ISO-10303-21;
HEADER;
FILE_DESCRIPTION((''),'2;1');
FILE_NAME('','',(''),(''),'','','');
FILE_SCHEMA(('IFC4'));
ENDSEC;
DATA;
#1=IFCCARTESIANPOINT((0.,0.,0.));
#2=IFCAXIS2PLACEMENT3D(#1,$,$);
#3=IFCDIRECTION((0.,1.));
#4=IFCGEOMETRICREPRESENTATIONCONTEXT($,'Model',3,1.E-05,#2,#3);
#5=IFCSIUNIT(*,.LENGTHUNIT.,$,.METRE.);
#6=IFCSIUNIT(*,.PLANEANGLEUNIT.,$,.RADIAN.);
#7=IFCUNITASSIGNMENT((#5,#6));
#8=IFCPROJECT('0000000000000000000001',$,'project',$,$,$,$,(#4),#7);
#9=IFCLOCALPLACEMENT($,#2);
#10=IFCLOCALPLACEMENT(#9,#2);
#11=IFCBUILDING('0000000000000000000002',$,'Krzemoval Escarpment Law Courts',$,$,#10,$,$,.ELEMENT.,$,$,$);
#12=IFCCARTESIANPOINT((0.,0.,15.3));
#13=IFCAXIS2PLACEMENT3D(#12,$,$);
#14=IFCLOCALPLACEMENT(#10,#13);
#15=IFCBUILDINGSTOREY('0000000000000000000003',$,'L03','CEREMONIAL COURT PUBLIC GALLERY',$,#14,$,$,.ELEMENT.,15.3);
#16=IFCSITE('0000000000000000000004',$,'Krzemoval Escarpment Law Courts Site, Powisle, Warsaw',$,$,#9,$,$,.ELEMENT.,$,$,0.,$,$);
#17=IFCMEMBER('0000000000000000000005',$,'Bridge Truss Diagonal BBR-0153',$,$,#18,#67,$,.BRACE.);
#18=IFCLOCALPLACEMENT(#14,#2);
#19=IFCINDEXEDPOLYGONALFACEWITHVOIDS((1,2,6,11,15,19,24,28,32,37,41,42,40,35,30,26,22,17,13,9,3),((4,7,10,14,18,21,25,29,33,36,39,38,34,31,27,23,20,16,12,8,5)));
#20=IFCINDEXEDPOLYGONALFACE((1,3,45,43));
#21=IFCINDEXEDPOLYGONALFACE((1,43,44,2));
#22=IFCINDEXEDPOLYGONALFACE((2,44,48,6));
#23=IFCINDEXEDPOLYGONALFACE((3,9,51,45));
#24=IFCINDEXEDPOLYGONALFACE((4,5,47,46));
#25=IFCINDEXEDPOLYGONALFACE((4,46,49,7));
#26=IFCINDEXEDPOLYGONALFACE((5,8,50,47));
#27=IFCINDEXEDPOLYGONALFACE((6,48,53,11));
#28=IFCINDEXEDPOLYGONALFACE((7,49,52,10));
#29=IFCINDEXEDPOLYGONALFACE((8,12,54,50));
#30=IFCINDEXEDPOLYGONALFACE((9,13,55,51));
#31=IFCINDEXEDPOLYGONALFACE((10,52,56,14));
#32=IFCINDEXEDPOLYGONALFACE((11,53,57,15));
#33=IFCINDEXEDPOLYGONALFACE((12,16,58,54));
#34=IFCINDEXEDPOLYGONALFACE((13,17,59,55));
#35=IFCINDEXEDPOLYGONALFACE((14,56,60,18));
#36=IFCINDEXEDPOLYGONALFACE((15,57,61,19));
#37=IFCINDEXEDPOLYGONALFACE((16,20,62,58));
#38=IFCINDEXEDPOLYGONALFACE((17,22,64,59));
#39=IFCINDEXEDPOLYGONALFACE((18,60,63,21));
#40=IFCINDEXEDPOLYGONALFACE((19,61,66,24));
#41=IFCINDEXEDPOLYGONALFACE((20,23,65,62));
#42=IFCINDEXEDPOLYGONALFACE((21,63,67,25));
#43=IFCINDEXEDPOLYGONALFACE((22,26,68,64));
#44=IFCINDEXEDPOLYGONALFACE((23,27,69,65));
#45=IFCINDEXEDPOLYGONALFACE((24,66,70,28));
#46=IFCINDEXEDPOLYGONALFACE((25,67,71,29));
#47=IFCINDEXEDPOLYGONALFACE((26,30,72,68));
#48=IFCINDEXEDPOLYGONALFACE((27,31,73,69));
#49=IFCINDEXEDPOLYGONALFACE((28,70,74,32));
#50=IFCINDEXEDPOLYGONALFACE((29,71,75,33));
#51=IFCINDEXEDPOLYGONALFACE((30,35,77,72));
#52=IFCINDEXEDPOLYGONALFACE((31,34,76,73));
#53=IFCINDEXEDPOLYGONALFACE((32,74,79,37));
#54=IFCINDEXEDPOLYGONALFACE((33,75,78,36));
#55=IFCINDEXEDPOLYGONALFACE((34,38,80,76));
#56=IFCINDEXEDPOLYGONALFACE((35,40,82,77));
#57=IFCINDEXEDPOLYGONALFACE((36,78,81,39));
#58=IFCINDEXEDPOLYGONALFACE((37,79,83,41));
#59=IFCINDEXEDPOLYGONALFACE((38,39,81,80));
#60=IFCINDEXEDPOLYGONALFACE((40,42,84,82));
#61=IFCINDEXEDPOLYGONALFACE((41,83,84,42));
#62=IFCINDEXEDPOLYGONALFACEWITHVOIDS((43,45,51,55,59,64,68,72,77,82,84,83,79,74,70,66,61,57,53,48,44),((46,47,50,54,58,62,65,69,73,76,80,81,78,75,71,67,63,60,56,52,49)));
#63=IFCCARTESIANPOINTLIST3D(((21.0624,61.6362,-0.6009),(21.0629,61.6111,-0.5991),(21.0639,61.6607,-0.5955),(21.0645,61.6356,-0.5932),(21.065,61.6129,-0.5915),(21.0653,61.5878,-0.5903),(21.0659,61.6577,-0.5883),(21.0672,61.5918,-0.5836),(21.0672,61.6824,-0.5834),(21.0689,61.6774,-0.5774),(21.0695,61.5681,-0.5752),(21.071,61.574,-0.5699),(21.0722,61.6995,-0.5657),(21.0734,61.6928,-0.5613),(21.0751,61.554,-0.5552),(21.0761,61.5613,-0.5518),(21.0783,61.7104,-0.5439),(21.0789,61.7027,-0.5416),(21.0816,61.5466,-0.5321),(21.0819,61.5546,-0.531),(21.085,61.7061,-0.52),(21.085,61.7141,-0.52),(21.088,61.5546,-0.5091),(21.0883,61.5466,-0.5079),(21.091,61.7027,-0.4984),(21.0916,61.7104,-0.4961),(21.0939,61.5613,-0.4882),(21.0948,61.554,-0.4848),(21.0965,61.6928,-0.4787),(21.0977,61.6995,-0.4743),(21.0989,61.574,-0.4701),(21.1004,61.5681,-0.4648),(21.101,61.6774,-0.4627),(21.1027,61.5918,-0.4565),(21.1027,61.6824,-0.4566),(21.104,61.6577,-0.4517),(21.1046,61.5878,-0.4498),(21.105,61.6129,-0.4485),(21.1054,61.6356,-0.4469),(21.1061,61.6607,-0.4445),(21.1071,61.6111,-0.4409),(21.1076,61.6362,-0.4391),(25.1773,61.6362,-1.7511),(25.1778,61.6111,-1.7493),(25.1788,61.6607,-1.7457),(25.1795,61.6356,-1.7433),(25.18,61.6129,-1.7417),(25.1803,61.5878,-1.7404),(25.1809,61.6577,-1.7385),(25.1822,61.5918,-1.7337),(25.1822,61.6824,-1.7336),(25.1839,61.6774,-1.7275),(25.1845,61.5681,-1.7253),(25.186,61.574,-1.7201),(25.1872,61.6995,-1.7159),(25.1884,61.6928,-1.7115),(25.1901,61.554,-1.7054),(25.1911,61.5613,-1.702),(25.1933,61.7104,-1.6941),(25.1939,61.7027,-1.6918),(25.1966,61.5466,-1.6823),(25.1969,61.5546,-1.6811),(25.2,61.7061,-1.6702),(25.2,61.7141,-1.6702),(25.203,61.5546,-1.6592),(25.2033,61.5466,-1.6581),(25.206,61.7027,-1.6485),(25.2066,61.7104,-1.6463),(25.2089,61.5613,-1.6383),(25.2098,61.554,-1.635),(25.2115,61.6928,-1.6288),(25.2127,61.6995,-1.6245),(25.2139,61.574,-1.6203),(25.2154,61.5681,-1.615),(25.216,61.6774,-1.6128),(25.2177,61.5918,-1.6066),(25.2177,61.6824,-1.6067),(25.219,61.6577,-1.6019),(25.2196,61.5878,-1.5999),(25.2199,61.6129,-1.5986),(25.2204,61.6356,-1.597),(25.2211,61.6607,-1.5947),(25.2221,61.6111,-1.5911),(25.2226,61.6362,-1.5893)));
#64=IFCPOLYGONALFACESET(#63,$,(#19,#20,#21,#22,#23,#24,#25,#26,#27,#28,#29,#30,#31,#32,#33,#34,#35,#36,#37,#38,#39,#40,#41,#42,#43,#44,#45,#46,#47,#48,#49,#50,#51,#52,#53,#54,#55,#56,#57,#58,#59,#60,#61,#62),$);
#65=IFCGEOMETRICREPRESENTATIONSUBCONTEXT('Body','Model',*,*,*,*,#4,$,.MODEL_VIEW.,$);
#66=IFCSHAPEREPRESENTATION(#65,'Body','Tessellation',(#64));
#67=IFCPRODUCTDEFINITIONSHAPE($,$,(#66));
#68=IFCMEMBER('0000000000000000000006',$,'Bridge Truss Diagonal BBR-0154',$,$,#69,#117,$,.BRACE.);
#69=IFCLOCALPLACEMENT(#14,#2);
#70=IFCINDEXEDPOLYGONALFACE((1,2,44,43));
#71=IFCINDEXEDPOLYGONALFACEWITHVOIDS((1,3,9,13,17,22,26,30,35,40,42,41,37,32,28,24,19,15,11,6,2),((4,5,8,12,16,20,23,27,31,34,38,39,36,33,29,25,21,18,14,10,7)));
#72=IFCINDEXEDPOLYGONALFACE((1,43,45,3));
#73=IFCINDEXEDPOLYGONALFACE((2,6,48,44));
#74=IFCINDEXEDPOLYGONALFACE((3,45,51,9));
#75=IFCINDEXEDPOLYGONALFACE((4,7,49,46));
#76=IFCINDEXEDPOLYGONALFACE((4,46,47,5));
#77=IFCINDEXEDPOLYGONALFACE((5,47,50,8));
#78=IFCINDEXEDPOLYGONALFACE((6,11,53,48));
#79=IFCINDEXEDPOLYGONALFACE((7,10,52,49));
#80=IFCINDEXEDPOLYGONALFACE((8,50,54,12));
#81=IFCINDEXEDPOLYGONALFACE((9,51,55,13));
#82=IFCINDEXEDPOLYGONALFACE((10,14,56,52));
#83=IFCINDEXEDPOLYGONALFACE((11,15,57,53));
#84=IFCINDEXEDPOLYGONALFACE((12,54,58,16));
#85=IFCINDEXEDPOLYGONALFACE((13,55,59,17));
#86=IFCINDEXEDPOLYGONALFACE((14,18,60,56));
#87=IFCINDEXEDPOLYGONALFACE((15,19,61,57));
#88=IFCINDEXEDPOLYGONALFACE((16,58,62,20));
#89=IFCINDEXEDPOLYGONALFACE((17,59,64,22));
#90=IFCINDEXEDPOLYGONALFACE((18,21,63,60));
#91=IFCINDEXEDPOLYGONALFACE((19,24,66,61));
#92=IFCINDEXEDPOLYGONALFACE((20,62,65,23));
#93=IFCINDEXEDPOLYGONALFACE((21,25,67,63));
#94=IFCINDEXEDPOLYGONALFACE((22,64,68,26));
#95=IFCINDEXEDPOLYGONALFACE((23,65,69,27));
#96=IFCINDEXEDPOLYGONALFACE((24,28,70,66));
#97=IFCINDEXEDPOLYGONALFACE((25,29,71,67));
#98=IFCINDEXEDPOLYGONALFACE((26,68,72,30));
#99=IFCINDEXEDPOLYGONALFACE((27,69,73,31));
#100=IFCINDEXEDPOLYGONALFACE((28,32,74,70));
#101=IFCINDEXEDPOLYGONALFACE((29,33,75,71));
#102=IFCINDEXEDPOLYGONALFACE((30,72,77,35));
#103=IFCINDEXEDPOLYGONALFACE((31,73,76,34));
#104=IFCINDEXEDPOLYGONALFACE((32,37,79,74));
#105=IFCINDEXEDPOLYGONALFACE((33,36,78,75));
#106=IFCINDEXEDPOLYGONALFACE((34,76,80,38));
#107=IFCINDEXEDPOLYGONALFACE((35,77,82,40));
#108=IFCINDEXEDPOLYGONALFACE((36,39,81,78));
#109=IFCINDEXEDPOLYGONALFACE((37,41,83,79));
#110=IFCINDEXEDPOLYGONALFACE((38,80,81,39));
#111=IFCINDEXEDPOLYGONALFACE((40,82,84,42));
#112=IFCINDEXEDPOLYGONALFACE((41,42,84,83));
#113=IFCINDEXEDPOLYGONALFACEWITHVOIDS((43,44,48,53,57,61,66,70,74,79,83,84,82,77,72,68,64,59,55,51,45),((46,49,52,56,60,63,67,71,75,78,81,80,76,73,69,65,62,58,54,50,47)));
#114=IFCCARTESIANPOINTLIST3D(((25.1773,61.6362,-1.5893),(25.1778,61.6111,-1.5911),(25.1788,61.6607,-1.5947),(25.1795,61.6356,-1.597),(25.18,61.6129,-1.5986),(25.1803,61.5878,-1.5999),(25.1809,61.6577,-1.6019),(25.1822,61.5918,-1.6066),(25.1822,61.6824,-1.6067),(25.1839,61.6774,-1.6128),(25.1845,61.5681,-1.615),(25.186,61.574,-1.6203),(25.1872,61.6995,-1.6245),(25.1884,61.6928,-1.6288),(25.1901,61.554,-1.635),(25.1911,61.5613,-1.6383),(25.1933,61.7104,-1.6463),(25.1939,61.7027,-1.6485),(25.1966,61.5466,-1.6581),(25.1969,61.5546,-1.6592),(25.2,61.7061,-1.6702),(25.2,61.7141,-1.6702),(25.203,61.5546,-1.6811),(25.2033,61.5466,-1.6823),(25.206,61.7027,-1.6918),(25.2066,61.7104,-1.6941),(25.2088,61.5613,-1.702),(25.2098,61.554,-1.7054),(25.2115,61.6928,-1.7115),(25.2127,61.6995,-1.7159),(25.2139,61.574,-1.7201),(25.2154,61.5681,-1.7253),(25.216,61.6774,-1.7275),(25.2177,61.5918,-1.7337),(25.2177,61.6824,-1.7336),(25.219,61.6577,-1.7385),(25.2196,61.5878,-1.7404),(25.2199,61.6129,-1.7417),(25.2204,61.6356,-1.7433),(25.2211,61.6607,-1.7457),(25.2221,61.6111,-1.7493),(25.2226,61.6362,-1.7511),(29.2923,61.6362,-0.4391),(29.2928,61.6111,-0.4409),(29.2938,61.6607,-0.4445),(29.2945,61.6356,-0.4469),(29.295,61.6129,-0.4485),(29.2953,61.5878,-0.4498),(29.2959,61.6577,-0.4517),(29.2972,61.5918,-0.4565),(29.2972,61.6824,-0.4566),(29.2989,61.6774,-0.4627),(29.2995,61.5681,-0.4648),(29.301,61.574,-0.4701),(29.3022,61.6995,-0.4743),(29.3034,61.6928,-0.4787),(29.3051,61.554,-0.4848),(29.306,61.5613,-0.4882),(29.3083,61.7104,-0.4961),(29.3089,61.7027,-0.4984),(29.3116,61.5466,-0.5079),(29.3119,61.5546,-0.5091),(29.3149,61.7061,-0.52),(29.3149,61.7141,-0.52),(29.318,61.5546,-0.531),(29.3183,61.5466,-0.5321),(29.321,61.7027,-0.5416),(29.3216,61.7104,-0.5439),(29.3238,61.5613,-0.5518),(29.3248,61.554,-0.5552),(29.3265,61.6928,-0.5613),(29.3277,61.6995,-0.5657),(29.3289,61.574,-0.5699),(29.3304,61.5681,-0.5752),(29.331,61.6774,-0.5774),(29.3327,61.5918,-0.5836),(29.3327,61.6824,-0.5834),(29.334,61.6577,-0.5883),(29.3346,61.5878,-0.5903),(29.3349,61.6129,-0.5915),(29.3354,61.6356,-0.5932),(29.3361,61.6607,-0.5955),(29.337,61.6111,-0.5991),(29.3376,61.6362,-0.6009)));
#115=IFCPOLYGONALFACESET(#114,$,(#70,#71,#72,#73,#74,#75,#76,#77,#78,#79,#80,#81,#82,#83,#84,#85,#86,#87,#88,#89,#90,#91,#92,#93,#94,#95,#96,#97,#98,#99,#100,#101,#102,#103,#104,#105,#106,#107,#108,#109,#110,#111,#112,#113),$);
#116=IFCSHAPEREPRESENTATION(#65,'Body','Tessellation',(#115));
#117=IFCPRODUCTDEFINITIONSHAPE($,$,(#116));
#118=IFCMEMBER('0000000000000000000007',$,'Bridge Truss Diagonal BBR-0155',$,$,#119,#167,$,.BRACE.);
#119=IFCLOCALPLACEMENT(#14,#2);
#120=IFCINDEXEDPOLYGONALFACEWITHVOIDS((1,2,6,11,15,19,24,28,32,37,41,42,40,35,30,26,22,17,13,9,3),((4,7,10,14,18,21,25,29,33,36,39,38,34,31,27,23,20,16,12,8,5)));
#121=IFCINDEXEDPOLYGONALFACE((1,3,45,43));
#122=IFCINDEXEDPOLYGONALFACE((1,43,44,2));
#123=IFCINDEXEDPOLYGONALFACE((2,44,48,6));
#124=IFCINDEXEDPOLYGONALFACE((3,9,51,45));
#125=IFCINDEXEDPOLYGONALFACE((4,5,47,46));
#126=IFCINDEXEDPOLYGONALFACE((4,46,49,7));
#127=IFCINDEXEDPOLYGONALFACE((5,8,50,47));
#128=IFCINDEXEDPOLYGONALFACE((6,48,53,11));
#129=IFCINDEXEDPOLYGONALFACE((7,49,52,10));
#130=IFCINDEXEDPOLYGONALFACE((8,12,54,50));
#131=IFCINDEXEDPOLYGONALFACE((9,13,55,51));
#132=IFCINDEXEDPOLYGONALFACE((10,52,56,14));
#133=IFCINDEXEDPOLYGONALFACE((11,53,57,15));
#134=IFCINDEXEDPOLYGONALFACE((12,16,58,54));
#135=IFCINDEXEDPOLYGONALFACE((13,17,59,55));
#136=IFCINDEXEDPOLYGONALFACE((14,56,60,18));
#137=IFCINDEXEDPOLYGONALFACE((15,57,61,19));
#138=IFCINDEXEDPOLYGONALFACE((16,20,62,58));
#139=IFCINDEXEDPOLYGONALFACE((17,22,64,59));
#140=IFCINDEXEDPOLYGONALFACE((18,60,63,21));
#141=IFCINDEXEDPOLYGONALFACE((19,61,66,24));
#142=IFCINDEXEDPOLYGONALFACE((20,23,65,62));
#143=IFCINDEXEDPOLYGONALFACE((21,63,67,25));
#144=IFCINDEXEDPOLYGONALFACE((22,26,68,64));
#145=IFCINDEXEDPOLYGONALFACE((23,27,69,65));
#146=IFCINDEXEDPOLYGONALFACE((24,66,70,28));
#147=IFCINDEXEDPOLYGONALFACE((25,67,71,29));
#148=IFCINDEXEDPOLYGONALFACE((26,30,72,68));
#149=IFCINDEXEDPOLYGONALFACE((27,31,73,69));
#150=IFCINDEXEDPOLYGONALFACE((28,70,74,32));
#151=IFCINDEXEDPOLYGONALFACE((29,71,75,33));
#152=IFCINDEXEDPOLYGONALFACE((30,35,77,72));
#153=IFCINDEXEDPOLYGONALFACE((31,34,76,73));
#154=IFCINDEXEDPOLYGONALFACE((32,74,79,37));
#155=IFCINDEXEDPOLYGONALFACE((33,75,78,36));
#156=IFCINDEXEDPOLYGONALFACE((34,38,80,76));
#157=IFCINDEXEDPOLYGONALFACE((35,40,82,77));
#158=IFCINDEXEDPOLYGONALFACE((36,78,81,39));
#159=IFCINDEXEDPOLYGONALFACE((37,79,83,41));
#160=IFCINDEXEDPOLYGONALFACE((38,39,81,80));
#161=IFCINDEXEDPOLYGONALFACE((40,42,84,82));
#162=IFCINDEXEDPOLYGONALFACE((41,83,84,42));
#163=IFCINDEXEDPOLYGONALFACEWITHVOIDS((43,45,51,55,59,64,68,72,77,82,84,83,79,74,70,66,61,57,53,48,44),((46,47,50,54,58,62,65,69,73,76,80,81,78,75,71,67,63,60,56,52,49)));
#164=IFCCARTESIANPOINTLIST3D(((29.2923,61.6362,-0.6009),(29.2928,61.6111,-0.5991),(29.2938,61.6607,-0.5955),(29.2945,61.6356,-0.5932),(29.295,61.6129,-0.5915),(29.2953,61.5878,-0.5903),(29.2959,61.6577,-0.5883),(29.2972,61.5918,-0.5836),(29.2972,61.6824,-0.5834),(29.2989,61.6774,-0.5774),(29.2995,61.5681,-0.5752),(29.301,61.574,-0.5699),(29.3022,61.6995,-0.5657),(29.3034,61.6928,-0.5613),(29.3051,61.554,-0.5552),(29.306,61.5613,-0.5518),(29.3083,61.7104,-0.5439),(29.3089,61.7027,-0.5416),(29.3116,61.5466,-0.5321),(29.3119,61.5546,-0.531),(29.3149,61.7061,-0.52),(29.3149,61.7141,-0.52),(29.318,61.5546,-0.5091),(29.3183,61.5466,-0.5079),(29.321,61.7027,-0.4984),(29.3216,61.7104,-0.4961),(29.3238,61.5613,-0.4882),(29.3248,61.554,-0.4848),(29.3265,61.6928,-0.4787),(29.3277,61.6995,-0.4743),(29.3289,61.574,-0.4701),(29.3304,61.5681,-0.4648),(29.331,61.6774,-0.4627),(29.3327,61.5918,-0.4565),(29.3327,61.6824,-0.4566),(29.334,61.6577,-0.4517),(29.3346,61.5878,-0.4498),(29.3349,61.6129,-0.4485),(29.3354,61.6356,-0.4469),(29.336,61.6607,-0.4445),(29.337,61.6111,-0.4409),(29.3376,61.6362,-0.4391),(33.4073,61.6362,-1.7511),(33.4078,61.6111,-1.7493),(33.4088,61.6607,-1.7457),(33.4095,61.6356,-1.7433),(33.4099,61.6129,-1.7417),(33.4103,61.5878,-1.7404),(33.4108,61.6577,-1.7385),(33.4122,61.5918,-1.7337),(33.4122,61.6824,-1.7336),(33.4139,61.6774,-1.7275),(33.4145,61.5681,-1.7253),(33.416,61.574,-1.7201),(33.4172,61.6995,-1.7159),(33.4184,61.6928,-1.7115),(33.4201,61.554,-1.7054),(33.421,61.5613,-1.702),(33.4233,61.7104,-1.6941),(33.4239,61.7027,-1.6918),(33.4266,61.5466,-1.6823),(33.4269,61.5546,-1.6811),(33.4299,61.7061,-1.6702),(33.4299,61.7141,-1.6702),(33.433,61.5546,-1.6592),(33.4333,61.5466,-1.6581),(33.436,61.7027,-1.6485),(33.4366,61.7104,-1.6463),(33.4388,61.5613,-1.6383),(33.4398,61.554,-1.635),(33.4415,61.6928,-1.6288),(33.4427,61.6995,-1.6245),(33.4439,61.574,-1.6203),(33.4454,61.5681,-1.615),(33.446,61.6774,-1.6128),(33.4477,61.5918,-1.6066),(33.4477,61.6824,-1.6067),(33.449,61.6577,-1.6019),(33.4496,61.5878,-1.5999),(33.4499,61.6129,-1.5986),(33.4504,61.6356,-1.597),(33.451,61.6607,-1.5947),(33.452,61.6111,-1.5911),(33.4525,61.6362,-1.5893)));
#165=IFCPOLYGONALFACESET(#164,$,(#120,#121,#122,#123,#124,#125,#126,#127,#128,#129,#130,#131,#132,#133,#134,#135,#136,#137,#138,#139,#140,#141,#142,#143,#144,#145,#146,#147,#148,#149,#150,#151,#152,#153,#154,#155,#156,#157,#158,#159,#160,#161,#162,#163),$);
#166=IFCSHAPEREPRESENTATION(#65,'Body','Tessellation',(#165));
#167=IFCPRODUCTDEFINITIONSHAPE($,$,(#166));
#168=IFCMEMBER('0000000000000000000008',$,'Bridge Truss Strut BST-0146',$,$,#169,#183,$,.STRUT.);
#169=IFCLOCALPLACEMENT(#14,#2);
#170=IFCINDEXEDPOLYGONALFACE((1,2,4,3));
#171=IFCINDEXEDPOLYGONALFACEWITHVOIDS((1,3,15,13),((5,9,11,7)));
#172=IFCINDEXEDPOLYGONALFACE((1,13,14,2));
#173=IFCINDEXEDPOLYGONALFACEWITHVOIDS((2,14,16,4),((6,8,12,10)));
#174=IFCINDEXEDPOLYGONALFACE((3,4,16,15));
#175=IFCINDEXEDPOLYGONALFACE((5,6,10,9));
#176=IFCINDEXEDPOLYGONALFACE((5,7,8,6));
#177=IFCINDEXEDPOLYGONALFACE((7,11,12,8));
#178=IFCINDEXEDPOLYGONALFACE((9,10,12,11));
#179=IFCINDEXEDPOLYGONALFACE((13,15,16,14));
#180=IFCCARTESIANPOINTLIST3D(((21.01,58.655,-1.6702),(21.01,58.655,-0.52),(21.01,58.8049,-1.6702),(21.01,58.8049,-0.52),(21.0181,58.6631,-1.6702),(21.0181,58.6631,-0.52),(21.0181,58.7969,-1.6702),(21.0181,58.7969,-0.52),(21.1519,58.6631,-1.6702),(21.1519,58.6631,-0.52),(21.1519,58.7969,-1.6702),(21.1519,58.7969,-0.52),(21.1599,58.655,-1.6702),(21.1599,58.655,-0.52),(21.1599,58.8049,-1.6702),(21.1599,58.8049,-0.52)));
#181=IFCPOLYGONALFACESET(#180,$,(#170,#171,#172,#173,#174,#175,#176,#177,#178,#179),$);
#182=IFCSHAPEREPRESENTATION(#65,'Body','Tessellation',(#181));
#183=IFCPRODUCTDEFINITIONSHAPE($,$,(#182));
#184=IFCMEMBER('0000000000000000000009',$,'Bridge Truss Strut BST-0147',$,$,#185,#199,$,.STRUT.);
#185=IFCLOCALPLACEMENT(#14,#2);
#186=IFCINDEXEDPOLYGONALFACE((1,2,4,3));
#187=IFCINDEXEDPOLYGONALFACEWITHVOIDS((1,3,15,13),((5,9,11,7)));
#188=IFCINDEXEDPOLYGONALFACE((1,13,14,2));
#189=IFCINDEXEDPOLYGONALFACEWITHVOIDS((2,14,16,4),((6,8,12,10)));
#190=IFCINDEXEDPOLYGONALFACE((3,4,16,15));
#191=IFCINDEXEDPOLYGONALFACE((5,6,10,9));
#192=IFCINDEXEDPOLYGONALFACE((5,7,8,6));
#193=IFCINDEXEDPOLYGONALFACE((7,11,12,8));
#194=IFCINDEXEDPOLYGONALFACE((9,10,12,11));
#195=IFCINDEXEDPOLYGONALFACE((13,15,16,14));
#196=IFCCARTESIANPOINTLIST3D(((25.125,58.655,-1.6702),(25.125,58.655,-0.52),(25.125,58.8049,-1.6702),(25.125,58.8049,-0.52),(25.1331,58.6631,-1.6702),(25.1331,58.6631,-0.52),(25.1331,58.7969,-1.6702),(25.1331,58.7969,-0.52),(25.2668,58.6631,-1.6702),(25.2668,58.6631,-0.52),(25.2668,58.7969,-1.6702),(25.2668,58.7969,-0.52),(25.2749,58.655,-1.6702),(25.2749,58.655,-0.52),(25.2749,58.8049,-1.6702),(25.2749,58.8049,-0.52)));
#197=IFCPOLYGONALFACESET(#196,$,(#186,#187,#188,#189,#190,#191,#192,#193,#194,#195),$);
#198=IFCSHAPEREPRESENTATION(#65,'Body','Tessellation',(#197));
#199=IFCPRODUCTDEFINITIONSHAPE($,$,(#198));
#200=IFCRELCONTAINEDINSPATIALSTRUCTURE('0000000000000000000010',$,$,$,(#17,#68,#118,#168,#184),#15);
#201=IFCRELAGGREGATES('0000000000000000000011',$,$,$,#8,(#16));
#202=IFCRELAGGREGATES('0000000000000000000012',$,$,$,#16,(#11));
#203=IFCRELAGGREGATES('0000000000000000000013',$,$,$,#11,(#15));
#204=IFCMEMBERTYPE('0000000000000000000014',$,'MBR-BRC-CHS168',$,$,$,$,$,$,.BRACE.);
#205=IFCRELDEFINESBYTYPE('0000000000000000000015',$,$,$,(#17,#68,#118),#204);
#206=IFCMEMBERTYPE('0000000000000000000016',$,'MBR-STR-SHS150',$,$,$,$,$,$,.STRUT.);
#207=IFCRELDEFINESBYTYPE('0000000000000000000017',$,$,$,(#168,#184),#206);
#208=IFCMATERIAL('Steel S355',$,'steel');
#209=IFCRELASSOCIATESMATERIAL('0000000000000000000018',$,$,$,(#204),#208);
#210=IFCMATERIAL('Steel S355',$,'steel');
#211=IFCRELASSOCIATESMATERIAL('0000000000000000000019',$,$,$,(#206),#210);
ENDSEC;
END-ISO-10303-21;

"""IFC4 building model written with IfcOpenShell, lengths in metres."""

from ifc_helpers import new_model, si_unit, direction, frame, origin, origin_2d, place, context, subcontext, project, spatial, hollow_rectangle, hollow_circle, extrude, material, material_profile, profile_set, type_object, element, save


model = new_model("IFC4")

# Units and contexts
model_context = context("Model", 3, precision=1e-05, world=origin(), true_north=direction((0.0, 1.0)))
body_context = subcontext(model_context, "Body", "Model", "MODEL_VIEW")
ifc_project = project(units=[si_unit("LENGTHUNIT", "METRE"), si_unit("PLANEANGLEUNIT", "RADIAN")], contexts=[model_context])

# Site, building, storey
site_placement = place(None, origin())
site = spatial("IfcSite", under=ifc_project, at=site_placement, Name="Krzemoval Escarpment Law Courts Site, Powisle, Warsaw", CompositionType="ELEMENT", RefElevation=0.0)
building_placement = place(site_placement, origin())
building = spatial("IfcBuilding", under=site, at=building_placement, Name="Krzemoval Escarpment Law Courts", CompositionType="ELEMENT")
storey_placement = place(building_placement, frame((0.0, 0.0, 15.3)))
storey = spatial("IfcBuildingStorey", under=building, at=storey_placement, Name="L03", Description="CEREMONIAL COURT PUBLIC GALLERY", CompositionType="ELEMENT", Elevation=15.3)

# Members
ifc_material_1 = material(Name="Steel S355", Category="steel")
ifc_material_profile_1 = material_profile(ifc_material_1, hollow_circle(Radius=0.0842, WallThickness=0.0081, at=origin_2d()), Name="CHS 168.3x8")
ifc_profile_set_1 = profile_set([ifc_material_profile_1], Name="Steel S355")
member_type_1 = type_object("IfcMemberType", Name="MBR-BRC-CHS168", PredefinedType="BRACE", material=ifc_profile_set_1)
for number, where, z_axis, x_axis, name in (
    (1, (21.085, 61.6299, -0.52), (0.963089, 0.0, -0.269185), (0.0, 1.0, 0.0), "Bridge Truss Diagonal BBR-0153"),
    (2, (25.2, 61.6299, -1.6702), (0.963089, 0.0, 0.269185), (0.0, 1.0, 0.0), "Bridge Truss Diagonal BBR-0154"),
    (3, (29.3149, 61.6299, -0.52), (0.963089, 0.0, -0.269185), (0.0, 1.0, 0.0), "Bridge Truss Diagonal BBR-0155"),
):
    element("IfcMember", number, at=place(storey_placement, frame(where, z_axis=z_axis, x_axis=x_axis)), inside=storey, type_object=member_type_1, Name=name, PredefinedType="BRACE", context=body_context, shape_type="SweptSolid", body=[
        extrude(hollow_circle(Radius=0.0842, WallThickness=0.0081, at=origin_2d()), origin(), (0.0, 0.0, 1.0), 4.2727),
    ])
ifc_material_2 = material(Name="Steel S355", Category="steel")
ifc_material_profile_2 = material_profile(ifc_material_2, hollow_rectangle(XDim=0.1499, YDim=0.1499, WallThickness=0.0081, at=origin_2d()), Name="SHS 150x150x8")
ifc_profile_set_2 = profile_set([ifc_material_profile_2], Name="Steel S355")
member_type_2 = type_object("IfcMemberType", Name="MBR-STR-SHS150", PredefinedType="STRUT", material=ifc_profile_set_2)
for number, where, z_axis, x_axis, name in (
    (4, (21.085, 58.73, -1.6702), (0.0, 0.0, 1.0), (1.0, 0.0, 0.0), "Bridge Truss Strut BST-0146"),
    (5, (25.2, 58.73, -1.6702), (0.0, 0.0, 1.0), (1.0, 0.0, 0.0), "Bridge Truss Strut BST-0147"),
):
    element("IfcMember", number, at=place(storey_placement, frame(where, z_axis=z_axis, x_axis=x_axis)), inside=storey, type_object=member_type_2, Name=name, PredefinedType="STRUT", context=body_context, shape_type="SweptSolid", body=[
        extrude(hollow_rectangle(XDim=0.1499, YDim=0.1499, WallThickness=0.0081, at=origin_2d()), origin(), (0.0, 0.0, 1.0), 1.1501),
    ])

save(model, "model.ifc")
